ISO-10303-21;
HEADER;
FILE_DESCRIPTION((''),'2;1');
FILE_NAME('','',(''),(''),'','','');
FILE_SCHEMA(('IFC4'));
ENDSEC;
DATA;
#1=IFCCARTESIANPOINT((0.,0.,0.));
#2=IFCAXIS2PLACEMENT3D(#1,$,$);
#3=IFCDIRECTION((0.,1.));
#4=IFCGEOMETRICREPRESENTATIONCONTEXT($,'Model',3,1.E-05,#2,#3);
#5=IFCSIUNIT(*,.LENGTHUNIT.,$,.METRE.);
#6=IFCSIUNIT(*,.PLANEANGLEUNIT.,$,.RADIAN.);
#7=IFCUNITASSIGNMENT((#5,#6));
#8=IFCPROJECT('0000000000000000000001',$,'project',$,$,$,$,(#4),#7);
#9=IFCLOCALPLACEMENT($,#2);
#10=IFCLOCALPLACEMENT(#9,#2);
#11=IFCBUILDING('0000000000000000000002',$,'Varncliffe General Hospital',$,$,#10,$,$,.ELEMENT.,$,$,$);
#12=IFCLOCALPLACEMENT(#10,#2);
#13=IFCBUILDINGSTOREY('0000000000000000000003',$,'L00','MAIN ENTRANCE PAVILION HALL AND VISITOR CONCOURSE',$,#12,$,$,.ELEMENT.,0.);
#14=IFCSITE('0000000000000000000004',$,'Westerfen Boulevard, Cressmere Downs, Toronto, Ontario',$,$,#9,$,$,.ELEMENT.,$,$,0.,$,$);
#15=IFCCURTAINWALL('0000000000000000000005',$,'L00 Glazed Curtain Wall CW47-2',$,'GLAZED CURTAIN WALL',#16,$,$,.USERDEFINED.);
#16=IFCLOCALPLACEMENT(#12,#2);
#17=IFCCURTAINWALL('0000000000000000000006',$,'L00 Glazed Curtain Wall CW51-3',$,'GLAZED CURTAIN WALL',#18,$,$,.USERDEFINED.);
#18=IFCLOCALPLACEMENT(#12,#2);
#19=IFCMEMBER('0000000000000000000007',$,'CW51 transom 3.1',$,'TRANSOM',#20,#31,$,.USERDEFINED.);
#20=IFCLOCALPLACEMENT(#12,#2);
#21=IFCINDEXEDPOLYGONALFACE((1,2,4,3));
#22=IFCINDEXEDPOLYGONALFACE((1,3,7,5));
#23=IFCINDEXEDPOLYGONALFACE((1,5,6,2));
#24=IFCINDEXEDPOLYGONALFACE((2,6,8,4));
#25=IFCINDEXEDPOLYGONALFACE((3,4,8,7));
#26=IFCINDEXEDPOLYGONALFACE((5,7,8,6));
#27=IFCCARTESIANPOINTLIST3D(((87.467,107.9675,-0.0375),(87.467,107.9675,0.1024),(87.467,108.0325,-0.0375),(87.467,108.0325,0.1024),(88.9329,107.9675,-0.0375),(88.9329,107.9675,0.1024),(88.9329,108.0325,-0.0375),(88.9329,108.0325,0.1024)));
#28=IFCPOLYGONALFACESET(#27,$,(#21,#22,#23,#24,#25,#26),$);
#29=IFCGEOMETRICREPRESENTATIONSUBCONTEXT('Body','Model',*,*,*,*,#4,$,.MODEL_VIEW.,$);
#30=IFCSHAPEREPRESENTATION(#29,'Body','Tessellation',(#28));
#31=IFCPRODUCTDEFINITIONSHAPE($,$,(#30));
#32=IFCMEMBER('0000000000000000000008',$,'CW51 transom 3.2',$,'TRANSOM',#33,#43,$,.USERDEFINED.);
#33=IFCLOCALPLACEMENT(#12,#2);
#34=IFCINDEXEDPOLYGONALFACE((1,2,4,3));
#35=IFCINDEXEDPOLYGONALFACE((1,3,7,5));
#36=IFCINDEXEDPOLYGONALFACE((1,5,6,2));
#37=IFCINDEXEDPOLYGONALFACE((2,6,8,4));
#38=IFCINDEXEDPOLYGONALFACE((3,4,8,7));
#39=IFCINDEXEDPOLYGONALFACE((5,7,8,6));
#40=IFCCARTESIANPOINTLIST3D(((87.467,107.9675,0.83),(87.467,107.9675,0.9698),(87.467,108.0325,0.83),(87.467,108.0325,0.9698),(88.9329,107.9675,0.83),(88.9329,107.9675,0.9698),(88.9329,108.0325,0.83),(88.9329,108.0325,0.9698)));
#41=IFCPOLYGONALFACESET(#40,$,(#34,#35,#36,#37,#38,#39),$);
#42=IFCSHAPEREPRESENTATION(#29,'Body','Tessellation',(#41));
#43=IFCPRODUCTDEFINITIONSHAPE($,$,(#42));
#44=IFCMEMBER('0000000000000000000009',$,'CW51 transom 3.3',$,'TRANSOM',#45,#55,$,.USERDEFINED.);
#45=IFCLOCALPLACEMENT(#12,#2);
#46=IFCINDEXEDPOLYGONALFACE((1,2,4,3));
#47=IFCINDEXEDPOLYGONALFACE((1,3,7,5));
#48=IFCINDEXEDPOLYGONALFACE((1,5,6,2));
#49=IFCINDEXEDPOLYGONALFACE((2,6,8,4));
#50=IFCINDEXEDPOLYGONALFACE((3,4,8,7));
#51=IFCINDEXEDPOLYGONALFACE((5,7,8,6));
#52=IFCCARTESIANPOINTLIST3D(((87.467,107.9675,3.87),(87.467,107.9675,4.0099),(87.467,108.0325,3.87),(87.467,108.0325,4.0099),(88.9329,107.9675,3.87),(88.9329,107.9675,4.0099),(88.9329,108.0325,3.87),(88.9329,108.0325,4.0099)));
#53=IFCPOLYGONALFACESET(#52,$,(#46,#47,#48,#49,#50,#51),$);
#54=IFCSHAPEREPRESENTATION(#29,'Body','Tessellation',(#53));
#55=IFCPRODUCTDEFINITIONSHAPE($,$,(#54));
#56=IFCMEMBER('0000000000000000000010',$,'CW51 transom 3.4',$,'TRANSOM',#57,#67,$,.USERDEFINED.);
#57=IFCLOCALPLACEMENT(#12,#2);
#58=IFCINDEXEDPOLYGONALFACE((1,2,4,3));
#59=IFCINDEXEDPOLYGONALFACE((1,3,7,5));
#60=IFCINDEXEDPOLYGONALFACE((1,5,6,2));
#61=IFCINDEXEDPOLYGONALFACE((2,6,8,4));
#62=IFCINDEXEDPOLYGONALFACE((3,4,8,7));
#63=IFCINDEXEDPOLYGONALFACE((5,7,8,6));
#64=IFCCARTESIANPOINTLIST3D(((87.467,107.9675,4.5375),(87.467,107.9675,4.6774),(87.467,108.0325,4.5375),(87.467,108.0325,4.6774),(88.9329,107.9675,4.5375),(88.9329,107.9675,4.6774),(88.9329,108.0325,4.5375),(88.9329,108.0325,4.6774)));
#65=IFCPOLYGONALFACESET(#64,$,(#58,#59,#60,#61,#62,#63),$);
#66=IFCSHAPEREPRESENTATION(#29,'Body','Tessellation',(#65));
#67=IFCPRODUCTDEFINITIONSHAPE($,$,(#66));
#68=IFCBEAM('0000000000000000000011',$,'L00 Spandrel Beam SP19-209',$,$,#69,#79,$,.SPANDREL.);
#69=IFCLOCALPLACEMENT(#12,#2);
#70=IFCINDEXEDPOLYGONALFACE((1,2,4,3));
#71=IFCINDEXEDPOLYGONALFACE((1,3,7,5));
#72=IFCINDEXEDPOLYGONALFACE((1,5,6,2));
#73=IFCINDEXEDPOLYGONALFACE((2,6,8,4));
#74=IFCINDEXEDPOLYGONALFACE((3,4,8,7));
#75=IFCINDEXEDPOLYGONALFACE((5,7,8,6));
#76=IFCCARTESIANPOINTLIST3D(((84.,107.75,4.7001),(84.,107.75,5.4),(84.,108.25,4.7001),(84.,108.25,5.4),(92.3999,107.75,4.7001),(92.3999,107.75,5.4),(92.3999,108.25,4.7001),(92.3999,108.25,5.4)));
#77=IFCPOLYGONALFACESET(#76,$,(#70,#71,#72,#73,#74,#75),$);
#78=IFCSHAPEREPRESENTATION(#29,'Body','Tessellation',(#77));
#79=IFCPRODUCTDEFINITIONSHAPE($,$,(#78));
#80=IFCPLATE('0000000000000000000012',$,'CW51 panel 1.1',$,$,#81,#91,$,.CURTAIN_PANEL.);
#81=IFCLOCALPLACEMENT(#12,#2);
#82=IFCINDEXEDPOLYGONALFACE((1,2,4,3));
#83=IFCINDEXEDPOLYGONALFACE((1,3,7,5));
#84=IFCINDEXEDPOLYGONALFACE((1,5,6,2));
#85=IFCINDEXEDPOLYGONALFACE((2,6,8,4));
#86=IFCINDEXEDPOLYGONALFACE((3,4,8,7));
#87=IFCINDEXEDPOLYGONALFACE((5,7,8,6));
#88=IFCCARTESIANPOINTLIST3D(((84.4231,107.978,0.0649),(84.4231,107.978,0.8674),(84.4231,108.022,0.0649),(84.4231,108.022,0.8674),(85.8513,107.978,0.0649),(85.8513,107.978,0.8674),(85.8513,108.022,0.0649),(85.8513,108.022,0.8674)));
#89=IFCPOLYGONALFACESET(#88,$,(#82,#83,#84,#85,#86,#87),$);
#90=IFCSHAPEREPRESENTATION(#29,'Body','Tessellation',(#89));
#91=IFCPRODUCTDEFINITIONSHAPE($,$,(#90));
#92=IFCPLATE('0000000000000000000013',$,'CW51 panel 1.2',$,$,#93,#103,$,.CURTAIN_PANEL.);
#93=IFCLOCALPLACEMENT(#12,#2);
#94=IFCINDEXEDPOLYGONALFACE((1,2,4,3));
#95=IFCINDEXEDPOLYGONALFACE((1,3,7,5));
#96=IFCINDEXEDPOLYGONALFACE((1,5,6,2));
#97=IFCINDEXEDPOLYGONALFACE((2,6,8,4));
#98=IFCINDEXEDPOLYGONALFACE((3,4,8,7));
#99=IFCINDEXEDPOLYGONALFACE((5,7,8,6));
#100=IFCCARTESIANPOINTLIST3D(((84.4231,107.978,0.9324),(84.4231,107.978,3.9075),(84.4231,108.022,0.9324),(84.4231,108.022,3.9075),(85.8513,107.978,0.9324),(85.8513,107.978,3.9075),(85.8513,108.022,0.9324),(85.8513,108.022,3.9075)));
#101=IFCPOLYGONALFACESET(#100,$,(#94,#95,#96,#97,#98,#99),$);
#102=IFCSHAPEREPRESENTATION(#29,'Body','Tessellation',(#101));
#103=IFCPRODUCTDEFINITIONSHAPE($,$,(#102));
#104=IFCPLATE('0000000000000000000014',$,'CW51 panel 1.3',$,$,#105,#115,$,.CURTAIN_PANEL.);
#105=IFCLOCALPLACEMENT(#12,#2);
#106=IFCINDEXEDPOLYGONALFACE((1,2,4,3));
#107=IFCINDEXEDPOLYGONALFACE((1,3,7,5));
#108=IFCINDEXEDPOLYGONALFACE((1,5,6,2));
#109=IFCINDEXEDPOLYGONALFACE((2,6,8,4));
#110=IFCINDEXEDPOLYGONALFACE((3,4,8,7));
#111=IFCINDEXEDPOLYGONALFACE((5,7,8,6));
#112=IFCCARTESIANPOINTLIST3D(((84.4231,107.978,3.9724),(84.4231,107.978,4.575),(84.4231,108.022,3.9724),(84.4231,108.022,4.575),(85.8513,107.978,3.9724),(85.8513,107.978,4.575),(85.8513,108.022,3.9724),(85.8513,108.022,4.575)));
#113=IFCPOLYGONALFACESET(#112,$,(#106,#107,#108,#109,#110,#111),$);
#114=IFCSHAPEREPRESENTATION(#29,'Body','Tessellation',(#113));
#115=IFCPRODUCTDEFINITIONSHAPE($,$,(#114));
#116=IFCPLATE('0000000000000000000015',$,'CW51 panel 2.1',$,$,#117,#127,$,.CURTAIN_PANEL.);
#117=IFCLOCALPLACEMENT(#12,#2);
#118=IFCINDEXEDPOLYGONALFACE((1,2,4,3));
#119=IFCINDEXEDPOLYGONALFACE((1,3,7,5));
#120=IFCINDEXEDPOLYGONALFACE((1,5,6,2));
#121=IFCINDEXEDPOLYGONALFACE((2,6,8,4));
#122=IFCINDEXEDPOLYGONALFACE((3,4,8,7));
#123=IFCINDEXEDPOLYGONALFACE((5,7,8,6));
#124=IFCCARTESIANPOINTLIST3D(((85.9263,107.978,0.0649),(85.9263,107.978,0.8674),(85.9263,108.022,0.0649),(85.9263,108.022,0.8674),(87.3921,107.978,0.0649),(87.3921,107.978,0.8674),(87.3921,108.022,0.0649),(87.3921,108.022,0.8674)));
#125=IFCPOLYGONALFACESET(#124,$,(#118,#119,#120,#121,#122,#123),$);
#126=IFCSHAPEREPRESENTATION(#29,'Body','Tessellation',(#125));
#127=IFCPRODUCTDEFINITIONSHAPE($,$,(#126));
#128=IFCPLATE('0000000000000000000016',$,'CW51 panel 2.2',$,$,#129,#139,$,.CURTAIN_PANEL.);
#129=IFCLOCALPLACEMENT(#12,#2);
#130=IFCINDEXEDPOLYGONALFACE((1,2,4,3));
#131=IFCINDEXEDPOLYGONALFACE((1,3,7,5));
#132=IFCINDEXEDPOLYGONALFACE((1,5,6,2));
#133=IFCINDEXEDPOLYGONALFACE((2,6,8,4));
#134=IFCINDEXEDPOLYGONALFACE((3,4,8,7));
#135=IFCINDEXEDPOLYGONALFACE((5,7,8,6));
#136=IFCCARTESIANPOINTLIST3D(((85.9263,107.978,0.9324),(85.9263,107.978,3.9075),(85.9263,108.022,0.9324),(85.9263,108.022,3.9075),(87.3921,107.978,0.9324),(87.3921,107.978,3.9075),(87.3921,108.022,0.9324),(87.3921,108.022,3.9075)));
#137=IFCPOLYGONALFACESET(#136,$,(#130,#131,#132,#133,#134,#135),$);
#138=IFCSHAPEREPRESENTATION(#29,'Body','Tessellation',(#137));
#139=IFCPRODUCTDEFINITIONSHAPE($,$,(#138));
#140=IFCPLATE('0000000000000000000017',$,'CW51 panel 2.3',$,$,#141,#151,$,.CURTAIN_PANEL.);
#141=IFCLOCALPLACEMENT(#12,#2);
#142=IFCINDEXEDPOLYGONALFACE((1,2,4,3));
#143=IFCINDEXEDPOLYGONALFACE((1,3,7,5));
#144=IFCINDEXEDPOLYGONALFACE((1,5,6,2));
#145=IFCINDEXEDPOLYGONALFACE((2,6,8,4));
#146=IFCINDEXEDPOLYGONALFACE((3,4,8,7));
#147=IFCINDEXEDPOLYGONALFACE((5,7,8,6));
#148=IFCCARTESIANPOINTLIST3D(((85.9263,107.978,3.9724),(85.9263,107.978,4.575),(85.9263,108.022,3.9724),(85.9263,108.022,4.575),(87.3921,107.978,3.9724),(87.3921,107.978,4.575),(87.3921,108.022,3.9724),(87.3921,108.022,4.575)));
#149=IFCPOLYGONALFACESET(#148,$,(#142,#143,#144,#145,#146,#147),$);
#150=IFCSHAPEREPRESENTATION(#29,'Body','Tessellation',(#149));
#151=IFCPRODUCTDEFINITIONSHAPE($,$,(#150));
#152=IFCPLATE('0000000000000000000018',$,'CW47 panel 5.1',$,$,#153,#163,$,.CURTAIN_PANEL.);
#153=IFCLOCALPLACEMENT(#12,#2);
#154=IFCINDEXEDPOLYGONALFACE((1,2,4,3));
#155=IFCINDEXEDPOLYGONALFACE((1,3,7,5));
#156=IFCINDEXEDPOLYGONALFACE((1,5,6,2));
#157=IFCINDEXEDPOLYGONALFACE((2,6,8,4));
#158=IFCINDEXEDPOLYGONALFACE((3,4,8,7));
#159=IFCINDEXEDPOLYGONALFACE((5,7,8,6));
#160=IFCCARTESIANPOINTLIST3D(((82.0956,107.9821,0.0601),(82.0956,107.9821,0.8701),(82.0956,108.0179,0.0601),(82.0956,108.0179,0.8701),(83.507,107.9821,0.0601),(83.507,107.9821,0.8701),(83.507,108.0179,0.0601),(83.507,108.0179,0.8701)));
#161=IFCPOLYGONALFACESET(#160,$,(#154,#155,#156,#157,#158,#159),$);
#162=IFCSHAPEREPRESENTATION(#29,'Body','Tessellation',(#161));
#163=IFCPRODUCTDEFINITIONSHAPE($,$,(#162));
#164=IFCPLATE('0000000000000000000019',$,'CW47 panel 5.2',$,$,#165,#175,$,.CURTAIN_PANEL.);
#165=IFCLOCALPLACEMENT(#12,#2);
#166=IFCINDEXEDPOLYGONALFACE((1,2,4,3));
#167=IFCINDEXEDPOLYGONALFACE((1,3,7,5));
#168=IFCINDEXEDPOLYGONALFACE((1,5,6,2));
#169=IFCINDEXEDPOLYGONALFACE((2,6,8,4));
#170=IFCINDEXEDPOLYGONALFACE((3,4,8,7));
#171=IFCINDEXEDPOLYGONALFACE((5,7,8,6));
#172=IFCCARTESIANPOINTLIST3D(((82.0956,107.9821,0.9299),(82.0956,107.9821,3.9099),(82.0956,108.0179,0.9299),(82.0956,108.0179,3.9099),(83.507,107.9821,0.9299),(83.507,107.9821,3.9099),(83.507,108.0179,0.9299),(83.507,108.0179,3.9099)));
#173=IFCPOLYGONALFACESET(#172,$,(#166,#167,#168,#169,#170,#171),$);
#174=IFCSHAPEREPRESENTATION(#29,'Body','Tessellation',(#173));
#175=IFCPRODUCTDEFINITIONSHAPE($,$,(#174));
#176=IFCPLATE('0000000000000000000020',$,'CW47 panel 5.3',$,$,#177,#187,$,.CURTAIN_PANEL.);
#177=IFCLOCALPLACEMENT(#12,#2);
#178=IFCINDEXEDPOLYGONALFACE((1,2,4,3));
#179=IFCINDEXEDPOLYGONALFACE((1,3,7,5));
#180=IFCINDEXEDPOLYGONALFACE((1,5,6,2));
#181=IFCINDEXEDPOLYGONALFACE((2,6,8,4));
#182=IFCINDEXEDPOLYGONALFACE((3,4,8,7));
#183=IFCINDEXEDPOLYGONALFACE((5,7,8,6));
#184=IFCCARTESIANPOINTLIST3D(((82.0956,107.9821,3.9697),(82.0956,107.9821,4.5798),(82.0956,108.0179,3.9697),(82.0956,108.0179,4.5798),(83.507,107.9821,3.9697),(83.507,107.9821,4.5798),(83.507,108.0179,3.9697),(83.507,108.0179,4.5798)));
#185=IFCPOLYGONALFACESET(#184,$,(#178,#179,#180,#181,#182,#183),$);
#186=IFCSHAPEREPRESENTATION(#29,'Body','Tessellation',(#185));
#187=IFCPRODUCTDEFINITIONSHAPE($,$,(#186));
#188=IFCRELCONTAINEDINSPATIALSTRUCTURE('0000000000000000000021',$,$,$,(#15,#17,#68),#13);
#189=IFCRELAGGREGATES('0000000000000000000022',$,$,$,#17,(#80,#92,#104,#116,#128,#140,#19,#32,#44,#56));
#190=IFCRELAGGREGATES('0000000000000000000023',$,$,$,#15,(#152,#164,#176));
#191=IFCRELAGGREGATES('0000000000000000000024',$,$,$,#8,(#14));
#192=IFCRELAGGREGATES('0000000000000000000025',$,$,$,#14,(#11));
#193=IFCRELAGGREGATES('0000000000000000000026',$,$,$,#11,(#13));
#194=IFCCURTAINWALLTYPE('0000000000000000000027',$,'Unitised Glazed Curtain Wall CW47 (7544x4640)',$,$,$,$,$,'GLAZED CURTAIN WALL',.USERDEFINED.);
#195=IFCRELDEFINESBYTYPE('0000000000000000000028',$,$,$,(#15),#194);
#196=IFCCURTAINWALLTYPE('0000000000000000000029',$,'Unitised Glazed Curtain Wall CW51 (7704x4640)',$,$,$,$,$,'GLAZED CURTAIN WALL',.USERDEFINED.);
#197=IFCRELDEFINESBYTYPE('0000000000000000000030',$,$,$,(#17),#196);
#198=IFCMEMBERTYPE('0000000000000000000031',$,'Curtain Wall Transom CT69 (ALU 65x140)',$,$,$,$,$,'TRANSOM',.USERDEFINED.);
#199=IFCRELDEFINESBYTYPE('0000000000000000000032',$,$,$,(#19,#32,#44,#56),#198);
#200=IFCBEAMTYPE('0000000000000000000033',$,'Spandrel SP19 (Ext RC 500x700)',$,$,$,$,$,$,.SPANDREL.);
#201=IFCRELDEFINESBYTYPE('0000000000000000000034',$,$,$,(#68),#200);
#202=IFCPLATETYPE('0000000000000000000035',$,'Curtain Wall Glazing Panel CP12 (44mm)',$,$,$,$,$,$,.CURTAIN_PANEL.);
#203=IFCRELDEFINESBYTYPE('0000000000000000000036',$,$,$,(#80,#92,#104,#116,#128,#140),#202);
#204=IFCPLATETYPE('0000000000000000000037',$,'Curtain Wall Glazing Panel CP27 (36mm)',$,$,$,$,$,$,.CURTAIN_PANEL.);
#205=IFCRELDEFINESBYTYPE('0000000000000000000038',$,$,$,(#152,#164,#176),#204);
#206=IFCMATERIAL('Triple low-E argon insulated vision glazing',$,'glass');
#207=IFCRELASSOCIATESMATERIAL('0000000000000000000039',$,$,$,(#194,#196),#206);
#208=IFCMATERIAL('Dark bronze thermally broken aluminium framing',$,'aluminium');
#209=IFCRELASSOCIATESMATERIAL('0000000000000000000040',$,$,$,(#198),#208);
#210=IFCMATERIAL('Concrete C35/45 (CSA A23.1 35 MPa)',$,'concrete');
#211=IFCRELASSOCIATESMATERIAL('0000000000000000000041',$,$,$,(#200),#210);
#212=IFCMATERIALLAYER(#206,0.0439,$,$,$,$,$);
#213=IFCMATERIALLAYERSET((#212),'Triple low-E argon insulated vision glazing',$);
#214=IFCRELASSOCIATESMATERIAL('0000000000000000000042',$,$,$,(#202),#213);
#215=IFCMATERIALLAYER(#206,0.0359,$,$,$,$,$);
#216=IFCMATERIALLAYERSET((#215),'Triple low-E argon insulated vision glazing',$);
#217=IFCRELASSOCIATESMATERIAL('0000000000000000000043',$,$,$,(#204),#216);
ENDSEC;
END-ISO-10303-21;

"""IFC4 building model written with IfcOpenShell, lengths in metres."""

from ifc_helpers import new_model, si_unit, direction, frame, origin, origin_2d, place, context, subcontext, project, spatial, rectangle, extrude, material, layer, layer_set, material_profile, profile_set, type_object, element, aggregate, save


model = new_model("IFC4")

# Units and contexts
model_context = context("Model", 3, precision=1e-05, world=origin(), true_north=direction((0.0, 1.0)))
body_context = subcontext(model_context, "Body", "Model", "MODEL_VIEW")
ifc_project = project(units=[si_unit("LENGTHUNIT", "METRE"), si_unit("PLANEANGLEUNIT", "RADIAN")], contexts=[model_context])

# Site, building, storey
site_placement = place(None, origin())
site = spatial("IfcSite", under=ifc_project, at=site_placement, Name="Westerfen Boulevard, Cressmere Downs, Toronto, Ontario", CompositionType="ELEMENT", RefElevation=0.0)
building_placement = place(site_placement, origin())
building = spatial("IfcBuilding", under=site, at=building_placement, Name="Varncliffe General Hospital", CompositionType="ELEMENT")
storey_placement = place(building_placement, origin())
storey = spatial("IfcBuildingStorey", under=building, at=storey_placement, Name="L00", Description="MAIN ENTRANCE PAVILION HALL AND VISITOR CONCOURSE", CompositionType="ELEMENT", Elevation=0.0)

# Curtain wall
ifc_material_1 = material(Name="Triple low-E argon insulated vision glazing", Category="glass")
curtain_wall_type_1 = type_object("IfcCurtainWallType", Name="Unitised Glazed Curtain Wall CW47 (7544x4640)", ElementType="GLAZED CURTAIN WALL", PredefinedType="USERDEFINED", material=ifc_material_1)
curtain_wall_1_placement = place(storey_placement, origin())
curtain_wall_1 = element("IfcCurtainWall", 1, at=curtain_wall_1_placement, inside=storey, type_object=curtain_wall_type_1, Name="L00 Glazed Curtain Wall CW47-2", ObjectType="GLAZED CURTAIN WALL", PredefinedType="USERDEFINED")
ifc_material_2 = material(Name="Dark bronze thermally broken aluminium framing", Category="aluminium")

# Curtain wall
curtain_wall_type_2 = type_object("IfcCurtainWallType", Name="Unitised Glazed Curtain Wall CW51 (7704x4640)", ElementType="GLAZED CURTAIN WALL", PredefinedType="USERDEFINED", material=ifc_material_1)
curtain_wall_2_placement = place(storey_placement, origin())
curtain_wall_2 = element("IfcCurtainWall", 2, at=curtain_wall_2_placement, inside=storey, type_object=curtain_wall_type_2, Name="L00 Glazed Curtain Wall CW51-3", ObjectType="GLAZED CURTAIN WALL", PredefinedType="USERDEFINED")

# Members
ifc_material_profile_1 = material_profile(ifc_material_2, rectangle(XDim=0.0649, YDim=0.1399, at=origin_2d()), Name="ALU 65x140")
ifc_profile_set_1 = profile_set([ifc_material_profile_1], Name="Dark bronze thermally broken aluminium framing")
member_type_1 = type_object("IfcMemberType", Name="Curtain Wall Transom CT69 (ALU 65x140)", ElementType="TRANSOM", PredefinedType="USERDEFINED", material=ifc_profile_set_1)
member_1_placement = place(storey_placement, frame((87.467, 108.0, 0.0325), z_axis=(1.0, 0.0, 0.0), x_axis=(0.0, 1.0, 0.0)))
member_1 = element("IfcMember", 3, at=member_1_placement, type_object=member_type_1, Name="CW51 transom 3.1", ObjectType="TRANSOM", PredefinedType="USERDEFINED", context=body_context, shape_type="SweptSolid", body=[
    extrude(rectangle(XDim=0.0649, YDim=0.1399, at=origin_2d()), origin(), (0.0, 0.0, 1.0), 1.4658),
])
member_2_placement = place(storey_placement, frame((87.467, 108.0, 0.8999), z_axis=(1.0, 0.0, 0.0), x_axis=(0.0, 1.0, 0.0)))
member_2 = element("IfcMember", 4, at=member_2_placement, type_object=member_type_1, Name="CW51 transom 3.2", ObjectType="TRANSOM", PredefinedType="USERDEFINED", context=body_context, shape_type="SweptSolid", body=[
    extrude(rectangle(XDim=0.0649, YDim=0.1399, at=origin_2d()), origin(), (0.0, 0.0, 1.0), 1.4658),
])
member_3_placement = place(storey_placement, frame((87.467, 108.0, 3.9399), z_axis=(1.0, 0.0, 0.0), x_axis=(0.0, 1.0, 0.0)))
member_3 = element("IfcMember", 5, at=member_3_placement, type_object=member_type_1, Name="CW51 transom 3.3", ObjectType="TRANSOM", PredefinedType="USERDEFINED", context=body_context, shape_type="SweptSolid", body=[
    extrude(rectangle(XDim=0.0649, YDim=0.1399, at=origin_2d()), origin(), (0.0, 0.0, 1.0), 1.4658),
])
member_4_placement = place(storey_placement, frame((87.467, 108.0, 4.6074), z_axis=(1.0, 0.0, 0.0), x_axis=(0.0, 1.0, 0.0)))
member_4 = element("IfcMember", 6, at=member_4_placement, type_object=member_type_1, Name="CW51 transom 3.4", ObjectType="TRANSOM", PredefinedType="USERDEFINED", context=body_context, shape_type="SweptSolid", body=[
    extrude(rectangle(XDim=0.0649, YDim=0.1399, at=origin_2d()), origin(), (0.0, 0.0, 1.0), 1.4658),
])

# Beam
ifc_material_3 = material(Name="Concrete C35/45 (CSA A23.1 35 MPa)", Category="concrete")
ifc_material_profile_2 = material_profile(ifc_material_3, rectangle(XDim=0.5, YDim=0.7, at=origin_2d()), Name="RC 500x700")
ifc_profile_set_2 = profile_set([ifc_material_profile_2], Name="Concrete C35/45 (CSA A23.1 35 MPa)")
beam_type = type_object("IfcBeamType", Name="Spandrel SP19 (Ext RC 500x700)", PredefinedType="SPANDREL", material=ifc_profile_set_2)
beam_placement = place(storey_placement, frame((84.0, 108.0, 5.05), z_axis=(1.0, 0.0, 0.0), x_axis=(0.0, 1.0, 0.0)))
element("IfcBeam", 7, at=beam_placement, inside=storey, type_object=beam_type, Name="L00 Spandrel Beam SP19-209", PredefinedType="SPANDREL", context=body_context, shape_type="SweptSolid", body=[
    extrude(rectangle(XDim=0.5, YDim=0.7, at=origin_2d()), origin(), (0.0, 0.0, 1.0), 8.3999),
])

# Plates
ifc_layer_1 = layer(ifc_material_1, 0.0439)
ifc_layer_set_1 = layer_set([ifc_layer_1], Name="Triple low-E argon insulated vision glazing")
plate_type_1 = type_object("IfcPlateType", Name="Curtain Wall Glazing Panel CP12 (44mm)", PredefinedType="CURTAIN_PANEL", material=ifc_layer_set_1)
plate_1_placement = place(storey_placement, frame((85.1372, 108.0, 0.0649), z_axis=(0.0, 0.0, 1.0), x_axis=(1.0, 0.0, 0.0)))
plate_1 = element("IfcPlate", 8, at=plate_1_placement, type_object=plate_type_1, Name="CW51 panel 1.1", PredefinedType="CURTAIN_PANEL", context=body_context, shape_type="SweptSolid", body=[
    extrude(rectangle(XDim=1.4282, YDim=0.0439, at=origin_2d()), origin(), (0.0, 0.0, 1.0), 0.8025),
])
plate_2_placement = place(storey_placement, frame((85.1372, 108.0, 0.9324), z_axis=(0.0, 0.0, 1.0), x_axis=(1.0, 0.0, 0.0)))
plate_2 = element("IfcPlate", 9, at=plate_2_placement, type_object=plate_type_1, Name="CW51 panel 1.2", PredefinedType="CURTAIN_PANEL", context=body_context, shape_type="SweptSolid", body=[
    extrude(rectangle(XDim=1.4282, YDim=0.0439, at=origin_2d()), origin(), (0.0, 0.0, 1.0), 2.9751),
])
plate_3_placement = place(storey_placement, frame((85.1372, 108.0, 3.9724), z_axis=(0.0, 0.0, 1.0), x_axis=(1.0, 0.0, 0.0)))
plate_3 = element("IfcPlate", 10, at=plate_3_placement, type_object=plate_type_1, Name="CW51 panel 1.3", PredefinedType="CURTAIN_PANEL", context=body_context, shape_type="SweptSolid", body=[
    extrude(rectangle(XDim=1.4282, YDim=0.0439, at=origin_2d()), origin(), (0.0, 0.0, 1.0), 0.6025),
])
plate_4_placement = place(storey_placement, frame((86.6592, 108.0, 0.0649), z_axis=(0.0, 0.0, 1.0), x_axis=(1.0, 0.0, 0.0)))
plate_4 = element("IfcPlate", 11, at=plate_4_placement, type_object=plate_type_1, Name="CW51 panel 2.1", PredefinedType="CURTAIN_PANEL", context=body_context, shape_type="SweptSolid", body=[
    extrude(rectangle(XDim=1.4658, YDim=0.0439, at=origin_2d()), origin(), (0.0, 0.0, 1.0), 0.8025),
])
plate_5_placement = place(storey_placement, frame((86.6592, 108.0, 0.9324), z_axis=(0.0, 0.0, 1.0), x_axis=(1.0, 0.0, 0.0)))
plate_5 = element("IfcPlate", 12, at=plate_5_placement, type_object=plate_type_1, Name="CW51 panel 2.2", PredefinedType="CURTAIN_PANEL", context=body_context, shape_type="SweptSolid", body=[
    extrude(rectangle(XDim=1.4658, YDim=0.0439, at=origin_2d()), origin(), (0.0, 0.0, 1.0), 2.9751),
])
plate_6_placement = place(storey_placement, frame((86.6592, 108.0, 3.9724), z_axis=(0.0, 0.0, 1.0), x_axis=(1.0, 0.0, 0.0)))
plate_6 = element("IfcPlate", 13, at=plate_6_placement, type_object=plate_type_1, Name="CW51 panel 2.3", PredefinedType="CURTAIN_PANEL", context=body_context, shape_type="SweptSolid", body=[
    extrude(rectangle(XDim=1.4658, YDim=0.0439, at=origin_2d()), origin(), (0.0, 0.0, 1.0), 0.6025),
])
aggregate(curtain_wall_2, [plate_1, plate_2, plate_3, plate_4, plate_5, plate_6, member_1, member_2, member_3, member_4])
ifc_layer_2 = layer(ifc_material_1, 0.0359)
ifc_layer_set_2 = layer_set([ifc_layer_2], Name="Triple low-E argon insulated vision glazing")
plate_type_2 = type_object("IfcPlateType", Name="Curtain Wall Glazing Panel CP27 (36mm)", PredefinedType="CURTAIN_PANEL", material=ifc_layer_set_2)
plate_7_placement = place(storey_placement, frame((82.8013, 108.0, 0.0601), z_axis=(0.0, 0.0, 1.0), x_axis=(1.0, 0.0, 0.0)))
plate_7 = element("IfcPlate", 14, at=plate_7_placement, type_object=plate_type_2, Name="CW47 panel 5.1", PredefinedType="CURTAIN_PANEL", context=body_context, shape_type="SweptSolid", body=[
    extrude(rectangle(XDim=1.4114, YDim=0.0359, at=origin_2d()), origin(), (0.0, 0.0, 1.0), 0.8101),
])
plate_8_placement = place(storey_placement, frame((82.8013, 108.0, 0.9299), z_axis=(0.0, 0.0, 1.0), x_axis=(1.0, 0.0, 0.0)))
plate_8 = element("IfcPlate", 15, at=plate_8_placement, type_object=plate_type_2, Name="CW47 panel 5.2", PredefinedType="CURTAIN_PANEL", context=body_context, shape_type="SweptSolid", body=[
    extrude(rectangle(XDim=1.4114, YDim=0.0359, at=origin_2d()), origin(), (0.0, 0.0, 1.0), 2.98),
])
plate_9_placement = place(storey_placement, frame((82.8013, 108.0, 3.9697), z_axis=(0.0, 0.0, 1.0), x_axis=(1.0, 0.0, 0.0)))
plate_9 = element("IfcPlate", 16, at=plate_9_placement, type_object=plate_type_2, Name="CW47 panel 5.3", PredefinedType="CURTAIN_PANEL", context=body_context, shape_type="SweptSolid", body=[
    extrude(rectangle(XDim=1.4114, YDim=0.0359, at=origin_2d()), origin(), (0.0, 0.0, 1.0), 0.6101),
])
aggregate(curtain_wall_1, [plate_7, plate_8, plate_9])

save(model, "model.ifc")
